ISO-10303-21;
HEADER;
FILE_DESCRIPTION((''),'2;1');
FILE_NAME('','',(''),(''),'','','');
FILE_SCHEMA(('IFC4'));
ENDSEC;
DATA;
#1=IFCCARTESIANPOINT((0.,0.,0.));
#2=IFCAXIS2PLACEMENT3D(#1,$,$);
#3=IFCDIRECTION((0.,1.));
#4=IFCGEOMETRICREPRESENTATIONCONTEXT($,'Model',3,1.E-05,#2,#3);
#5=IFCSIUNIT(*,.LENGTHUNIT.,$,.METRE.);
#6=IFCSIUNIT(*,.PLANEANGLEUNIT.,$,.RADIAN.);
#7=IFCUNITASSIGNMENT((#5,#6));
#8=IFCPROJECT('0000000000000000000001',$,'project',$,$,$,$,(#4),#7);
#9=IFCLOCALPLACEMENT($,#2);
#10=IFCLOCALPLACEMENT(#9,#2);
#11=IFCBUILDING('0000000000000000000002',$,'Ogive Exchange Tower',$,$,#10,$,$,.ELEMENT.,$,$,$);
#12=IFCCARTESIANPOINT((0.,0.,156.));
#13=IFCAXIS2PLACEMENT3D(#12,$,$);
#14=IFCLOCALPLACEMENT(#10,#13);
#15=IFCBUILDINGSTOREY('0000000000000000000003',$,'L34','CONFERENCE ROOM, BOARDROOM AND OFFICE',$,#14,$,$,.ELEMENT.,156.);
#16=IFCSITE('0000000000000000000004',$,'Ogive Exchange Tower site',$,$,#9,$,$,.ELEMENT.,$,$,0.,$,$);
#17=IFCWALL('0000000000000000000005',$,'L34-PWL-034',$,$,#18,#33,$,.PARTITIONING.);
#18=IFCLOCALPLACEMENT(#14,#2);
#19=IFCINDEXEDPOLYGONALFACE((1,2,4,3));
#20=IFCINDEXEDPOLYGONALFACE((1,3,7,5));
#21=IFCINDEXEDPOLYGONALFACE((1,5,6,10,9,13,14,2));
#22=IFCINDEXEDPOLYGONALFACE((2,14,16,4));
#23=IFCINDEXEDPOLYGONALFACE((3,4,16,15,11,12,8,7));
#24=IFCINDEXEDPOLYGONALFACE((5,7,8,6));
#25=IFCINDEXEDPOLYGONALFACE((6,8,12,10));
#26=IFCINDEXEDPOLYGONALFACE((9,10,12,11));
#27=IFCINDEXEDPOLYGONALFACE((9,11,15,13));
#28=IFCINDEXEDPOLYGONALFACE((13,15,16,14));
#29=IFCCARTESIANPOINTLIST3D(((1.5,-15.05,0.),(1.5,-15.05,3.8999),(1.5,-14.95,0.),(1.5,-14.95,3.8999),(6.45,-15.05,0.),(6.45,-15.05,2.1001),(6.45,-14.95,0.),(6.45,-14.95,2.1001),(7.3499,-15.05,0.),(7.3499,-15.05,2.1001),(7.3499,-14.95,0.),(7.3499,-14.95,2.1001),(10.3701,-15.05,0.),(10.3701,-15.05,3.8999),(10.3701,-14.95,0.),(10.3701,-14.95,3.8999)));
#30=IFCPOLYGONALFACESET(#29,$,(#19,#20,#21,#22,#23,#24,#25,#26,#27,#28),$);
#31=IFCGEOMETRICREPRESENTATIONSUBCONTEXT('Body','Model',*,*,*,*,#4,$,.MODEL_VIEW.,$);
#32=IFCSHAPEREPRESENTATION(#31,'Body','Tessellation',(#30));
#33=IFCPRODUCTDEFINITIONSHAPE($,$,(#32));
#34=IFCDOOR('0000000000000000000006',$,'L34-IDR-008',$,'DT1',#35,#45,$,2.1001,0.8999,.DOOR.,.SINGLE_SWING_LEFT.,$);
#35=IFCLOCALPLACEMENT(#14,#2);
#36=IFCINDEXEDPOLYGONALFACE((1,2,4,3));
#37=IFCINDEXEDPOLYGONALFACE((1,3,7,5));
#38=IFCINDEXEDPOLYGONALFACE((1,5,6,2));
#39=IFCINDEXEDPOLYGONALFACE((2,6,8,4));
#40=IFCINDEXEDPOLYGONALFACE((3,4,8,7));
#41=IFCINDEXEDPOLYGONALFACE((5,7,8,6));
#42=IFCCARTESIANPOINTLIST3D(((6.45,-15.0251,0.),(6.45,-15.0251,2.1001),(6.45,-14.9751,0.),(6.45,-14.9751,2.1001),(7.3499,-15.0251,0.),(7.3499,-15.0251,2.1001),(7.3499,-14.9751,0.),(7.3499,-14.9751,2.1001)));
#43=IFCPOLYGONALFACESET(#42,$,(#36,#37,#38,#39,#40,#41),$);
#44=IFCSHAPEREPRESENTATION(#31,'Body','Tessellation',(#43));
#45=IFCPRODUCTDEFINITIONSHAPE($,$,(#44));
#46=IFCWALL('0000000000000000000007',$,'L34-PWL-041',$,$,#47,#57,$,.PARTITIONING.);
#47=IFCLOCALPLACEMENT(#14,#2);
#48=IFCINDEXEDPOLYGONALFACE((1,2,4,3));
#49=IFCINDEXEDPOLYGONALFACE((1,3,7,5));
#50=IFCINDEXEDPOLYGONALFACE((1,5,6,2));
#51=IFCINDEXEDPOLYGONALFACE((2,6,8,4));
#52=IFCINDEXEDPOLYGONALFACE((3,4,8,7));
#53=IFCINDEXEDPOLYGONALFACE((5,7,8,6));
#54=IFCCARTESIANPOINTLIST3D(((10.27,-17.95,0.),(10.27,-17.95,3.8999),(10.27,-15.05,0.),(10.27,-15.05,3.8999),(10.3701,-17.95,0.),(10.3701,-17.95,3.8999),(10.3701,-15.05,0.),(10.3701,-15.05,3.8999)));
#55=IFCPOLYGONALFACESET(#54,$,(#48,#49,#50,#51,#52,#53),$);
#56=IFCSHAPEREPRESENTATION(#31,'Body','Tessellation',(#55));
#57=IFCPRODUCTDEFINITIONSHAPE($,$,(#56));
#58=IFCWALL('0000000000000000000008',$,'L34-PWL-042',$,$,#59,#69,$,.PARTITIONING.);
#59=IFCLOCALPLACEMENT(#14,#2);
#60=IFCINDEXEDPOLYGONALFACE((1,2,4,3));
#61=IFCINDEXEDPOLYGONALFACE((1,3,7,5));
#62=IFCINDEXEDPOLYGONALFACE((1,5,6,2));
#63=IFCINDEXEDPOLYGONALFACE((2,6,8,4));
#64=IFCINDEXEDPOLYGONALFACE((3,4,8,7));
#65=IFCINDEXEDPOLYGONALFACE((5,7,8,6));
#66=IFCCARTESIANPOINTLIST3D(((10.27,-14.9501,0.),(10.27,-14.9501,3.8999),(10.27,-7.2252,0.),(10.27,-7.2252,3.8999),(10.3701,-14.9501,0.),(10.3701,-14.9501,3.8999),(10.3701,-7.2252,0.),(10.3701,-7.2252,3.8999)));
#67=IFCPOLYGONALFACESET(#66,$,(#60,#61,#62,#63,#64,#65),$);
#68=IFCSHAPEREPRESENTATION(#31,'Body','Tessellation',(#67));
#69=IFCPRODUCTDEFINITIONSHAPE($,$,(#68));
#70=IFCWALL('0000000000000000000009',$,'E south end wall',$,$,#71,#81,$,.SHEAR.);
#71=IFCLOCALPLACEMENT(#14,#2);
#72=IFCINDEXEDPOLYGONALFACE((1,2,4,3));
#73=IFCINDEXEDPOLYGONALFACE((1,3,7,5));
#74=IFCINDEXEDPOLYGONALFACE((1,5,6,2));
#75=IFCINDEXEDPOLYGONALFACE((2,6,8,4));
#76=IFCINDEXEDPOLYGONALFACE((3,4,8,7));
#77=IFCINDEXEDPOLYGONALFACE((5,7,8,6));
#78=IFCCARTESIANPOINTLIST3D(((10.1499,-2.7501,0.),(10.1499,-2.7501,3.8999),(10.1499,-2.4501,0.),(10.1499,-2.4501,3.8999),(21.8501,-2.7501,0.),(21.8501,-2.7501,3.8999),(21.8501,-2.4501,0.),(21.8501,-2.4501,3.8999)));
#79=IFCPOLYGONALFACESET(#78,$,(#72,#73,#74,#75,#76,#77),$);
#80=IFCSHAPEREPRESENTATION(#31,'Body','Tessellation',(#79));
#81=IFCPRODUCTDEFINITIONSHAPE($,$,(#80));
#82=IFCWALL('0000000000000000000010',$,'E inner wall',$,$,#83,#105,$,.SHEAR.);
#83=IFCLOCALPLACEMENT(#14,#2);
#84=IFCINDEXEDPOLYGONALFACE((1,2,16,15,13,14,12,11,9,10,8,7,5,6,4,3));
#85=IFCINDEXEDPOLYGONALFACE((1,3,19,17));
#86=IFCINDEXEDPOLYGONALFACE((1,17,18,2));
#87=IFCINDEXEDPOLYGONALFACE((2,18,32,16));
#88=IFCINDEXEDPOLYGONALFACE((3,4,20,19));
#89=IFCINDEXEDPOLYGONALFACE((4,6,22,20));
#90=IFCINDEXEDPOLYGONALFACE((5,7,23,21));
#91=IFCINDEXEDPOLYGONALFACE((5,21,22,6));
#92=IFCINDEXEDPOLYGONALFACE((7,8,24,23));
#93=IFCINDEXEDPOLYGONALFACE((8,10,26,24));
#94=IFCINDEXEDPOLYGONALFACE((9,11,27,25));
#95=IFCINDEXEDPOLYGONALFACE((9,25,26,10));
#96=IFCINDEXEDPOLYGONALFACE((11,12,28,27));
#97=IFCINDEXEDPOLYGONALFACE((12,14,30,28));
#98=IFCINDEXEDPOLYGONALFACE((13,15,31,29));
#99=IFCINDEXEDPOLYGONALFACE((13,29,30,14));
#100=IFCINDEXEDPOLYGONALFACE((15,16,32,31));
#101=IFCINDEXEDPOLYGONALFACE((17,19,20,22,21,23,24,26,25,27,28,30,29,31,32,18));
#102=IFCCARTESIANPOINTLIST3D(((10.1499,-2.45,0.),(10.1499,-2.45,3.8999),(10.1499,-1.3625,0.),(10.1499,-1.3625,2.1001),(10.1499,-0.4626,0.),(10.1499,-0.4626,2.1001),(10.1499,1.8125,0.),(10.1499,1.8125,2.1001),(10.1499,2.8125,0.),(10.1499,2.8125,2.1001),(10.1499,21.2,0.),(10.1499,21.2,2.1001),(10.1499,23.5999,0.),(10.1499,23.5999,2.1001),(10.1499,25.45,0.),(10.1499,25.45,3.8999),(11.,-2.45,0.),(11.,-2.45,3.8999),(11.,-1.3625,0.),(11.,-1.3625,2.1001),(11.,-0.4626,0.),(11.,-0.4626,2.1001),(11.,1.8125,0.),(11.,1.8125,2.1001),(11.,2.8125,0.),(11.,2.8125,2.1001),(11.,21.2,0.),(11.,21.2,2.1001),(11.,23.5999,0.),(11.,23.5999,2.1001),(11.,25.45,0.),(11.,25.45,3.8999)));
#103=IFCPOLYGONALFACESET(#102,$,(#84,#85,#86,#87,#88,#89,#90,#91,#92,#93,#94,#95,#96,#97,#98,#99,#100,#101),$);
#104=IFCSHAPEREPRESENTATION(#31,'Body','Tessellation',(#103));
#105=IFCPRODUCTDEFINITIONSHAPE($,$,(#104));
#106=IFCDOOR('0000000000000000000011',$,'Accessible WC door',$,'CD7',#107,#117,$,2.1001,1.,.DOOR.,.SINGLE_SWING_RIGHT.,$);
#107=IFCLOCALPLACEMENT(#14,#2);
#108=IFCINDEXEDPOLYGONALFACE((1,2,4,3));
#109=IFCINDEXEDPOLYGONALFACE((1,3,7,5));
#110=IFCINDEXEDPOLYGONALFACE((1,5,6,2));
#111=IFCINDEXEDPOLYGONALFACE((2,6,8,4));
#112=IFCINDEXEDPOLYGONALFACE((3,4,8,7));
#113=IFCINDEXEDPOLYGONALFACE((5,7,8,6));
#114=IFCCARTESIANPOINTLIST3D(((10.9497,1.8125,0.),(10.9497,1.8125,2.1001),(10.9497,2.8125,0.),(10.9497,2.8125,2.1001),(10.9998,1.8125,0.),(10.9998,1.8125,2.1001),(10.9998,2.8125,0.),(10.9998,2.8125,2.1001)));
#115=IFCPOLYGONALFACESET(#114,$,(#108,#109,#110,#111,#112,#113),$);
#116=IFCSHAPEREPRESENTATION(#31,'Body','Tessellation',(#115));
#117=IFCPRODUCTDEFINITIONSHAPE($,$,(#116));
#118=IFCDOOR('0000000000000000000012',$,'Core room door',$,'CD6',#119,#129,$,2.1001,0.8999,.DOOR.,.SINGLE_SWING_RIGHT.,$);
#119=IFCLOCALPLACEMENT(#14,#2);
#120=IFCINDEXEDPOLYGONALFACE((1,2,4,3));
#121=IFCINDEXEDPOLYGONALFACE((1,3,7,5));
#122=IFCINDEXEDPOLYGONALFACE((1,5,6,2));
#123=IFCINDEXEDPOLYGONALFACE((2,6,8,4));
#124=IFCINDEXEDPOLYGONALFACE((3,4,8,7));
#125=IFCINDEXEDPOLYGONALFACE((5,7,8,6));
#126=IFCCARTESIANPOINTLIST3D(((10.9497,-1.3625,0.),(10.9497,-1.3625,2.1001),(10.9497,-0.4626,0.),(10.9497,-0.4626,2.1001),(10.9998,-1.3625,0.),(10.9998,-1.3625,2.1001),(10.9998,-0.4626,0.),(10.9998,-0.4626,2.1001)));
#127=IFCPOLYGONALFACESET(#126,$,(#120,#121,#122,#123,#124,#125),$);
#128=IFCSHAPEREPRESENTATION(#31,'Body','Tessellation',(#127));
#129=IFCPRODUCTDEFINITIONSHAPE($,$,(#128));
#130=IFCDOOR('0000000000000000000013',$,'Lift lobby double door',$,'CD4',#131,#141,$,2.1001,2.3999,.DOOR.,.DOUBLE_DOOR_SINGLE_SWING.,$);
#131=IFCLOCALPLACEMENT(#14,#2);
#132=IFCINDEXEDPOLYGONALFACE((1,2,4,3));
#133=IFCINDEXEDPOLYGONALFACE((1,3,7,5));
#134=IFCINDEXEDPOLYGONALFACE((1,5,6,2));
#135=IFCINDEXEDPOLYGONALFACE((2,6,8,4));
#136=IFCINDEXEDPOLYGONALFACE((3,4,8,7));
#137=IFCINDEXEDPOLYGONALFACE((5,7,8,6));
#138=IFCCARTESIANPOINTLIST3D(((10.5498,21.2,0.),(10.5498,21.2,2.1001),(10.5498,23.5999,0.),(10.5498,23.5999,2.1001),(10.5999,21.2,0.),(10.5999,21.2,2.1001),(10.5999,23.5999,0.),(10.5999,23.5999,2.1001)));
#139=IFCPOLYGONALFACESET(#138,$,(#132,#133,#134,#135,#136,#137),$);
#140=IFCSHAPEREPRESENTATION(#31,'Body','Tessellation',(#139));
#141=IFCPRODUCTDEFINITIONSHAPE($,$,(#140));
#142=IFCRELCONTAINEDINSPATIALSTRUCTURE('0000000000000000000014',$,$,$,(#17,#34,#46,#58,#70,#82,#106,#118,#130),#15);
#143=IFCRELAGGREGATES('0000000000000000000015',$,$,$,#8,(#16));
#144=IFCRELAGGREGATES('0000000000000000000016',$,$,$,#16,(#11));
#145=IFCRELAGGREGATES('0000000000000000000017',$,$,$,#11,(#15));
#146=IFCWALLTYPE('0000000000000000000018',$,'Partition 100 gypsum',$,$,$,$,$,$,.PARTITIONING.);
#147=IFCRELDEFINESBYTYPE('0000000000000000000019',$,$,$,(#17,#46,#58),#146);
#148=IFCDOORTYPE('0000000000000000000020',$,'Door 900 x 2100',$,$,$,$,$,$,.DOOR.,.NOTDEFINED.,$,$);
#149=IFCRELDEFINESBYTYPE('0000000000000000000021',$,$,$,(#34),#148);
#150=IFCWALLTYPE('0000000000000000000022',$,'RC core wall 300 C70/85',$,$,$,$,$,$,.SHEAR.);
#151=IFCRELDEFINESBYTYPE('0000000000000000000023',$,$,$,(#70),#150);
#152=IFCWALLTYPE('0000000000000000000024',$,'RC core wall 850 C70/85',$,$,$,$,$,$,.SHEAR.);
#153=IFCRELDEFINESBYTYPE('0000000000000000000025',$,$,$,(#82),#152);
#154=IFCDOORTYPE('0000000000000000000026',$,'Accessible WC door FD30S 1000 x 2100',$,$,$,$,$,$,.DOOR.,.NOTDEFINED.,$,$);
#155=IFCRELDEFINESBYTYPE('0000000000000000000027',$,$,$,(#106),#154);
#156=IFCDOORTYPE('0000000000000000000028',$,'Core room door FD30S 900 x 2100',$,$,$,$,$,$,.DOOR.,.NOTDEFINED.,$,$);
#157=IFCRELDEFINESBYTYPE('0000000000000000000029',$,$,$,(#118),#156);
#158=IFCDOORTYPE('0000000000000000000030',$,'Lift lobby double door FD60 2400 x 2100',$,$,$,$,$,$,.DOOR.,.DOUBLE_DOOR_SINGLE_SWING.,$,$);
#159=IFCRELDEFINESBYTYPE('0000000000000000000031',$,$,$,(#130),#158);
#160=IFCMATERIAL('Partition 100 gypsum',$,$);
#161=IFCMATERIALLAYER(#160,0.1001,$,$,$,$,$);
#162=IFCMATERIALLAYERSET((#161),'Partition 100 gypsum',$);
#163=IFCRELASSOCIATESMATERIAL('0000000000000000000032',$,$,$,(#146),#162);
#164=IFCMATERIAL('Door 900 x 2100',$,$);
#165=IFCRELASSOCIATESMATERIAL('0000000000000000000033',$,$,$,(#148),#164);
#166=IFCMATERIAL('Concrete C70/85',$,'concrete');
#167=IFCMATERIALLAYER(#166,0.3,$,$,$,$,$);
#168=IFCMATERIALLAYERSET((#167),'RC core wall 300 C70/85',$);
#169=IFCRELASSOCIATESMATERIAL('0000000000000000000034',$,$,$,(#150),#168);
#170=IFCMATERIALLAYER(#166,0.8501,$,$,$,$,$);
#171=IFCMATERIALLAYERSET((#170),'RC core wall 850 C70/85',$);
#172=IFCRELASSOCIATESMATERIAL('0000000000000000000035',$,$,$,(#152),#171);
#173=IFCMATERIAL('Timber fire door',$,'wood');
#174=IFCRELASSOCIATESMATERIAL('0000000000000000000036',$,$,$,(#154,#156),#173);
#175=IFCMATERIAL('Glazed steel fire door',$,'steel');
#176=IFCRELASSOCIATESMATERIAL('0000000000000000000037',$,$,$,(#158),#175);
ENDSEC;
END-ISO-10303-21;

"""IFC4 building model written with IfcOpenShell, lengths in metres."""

from ifc_helpers import new_model, si_unit, direction, frame, frame_2d, origin, place, context, subcontext, project, spatial, rectangle, extrude, material, layer, layer_set, type_object, element, fill, save


model = new_model("IFC4")

# Units and contexts
model_context = context("Model", 3, precision=1e-05, world=origin(), true_north=direction((0.0, 1.0)))
body_context = subcontext(model_context, "Body", "Model", "MODEL_VIEW")
ifc_project = project(units=[si_unit("LENGTHUNIT", "METRE"), si_unit("PLANEANGLEUNIT", "RADIAN")], contexts=[model_context])

# Site, building, storey
site_placement = place(None, origin())
site = spatial("IfcSite", under=ifc_project, at=site_placement, Name="Ogive Exchange Tower site", CompositionType="ELEMENT", RefElevation=0.0)
building_placement = place(site_placement, origin())
building = spatial("IfcBuilding", under=site, at=building_placement, Name="Ogive Exchange Tower", CompositionType="ELEMENT")
storey_placement = place(building_placement, frame((0.0, 0.0, 156.0)))
storey = spatial("IfcBuildingStorey", under=building, at=storey_placement, Name="L34", Description="CONFERENCE ROOM, BOARDROOM AND OFFICE", CompositionType="ELEMENT", Elevation=156.0)

# Shared definitions
ifc_material_1 = material(Name="Partition 100 gypsum")
ifc_layer_1 = layer(ifc_material_1, 0.1001)
ifc_layer_set_1 = layer_set([ifc_layer_1], Name="Partition 100 gypsum")
wall_type_1 = type_object("IfcWallType", Name="Partition 100 gypsum", PredefinedType="PARTITIONING", material=ifc_layer_set_1)

# Wall, opening, door
wall_1_placement = place(storey_placement, frame((1.5, -15.0, 0.0), z_axis=(0.0, 0.0, 1.0), x_axis=(1.0, 0.0, 0.0)))
wall_1 = element("IfcWall", 1, at=wall_1_placement, inside=storey, type_object=wall_type_1, Name="L34-PWL-034", PredefinedType="PARTITIONING", context=body_context, shape_type="SweptSolid", body=[
    extrude(rectangle(XDim=8.8701, YDim=0.1001, at=frame_2d((4.4351, 0.0))), origin(), (0.0, 0.0, 1.0), 3.8999),
])
opening_1_placement = place(wall_1_placement, frame((4.95, 0.0, 0.0)))
opening_1 = element("IfcOpeningElement", 2, at=opening_1_placement, cuts=wall_1, PredefinedType="OPENING", context=body_context, shape_type="SweptSolid", body=[
    extrude(rectangle(XDim=0.8999, YDim=2.1001, at=frame_2d((0.45, 1.05))), frame((0.0, 0.0601, 0.0), z_axis=(0.0, -1.0, 0.0), x_axis=(1.0, 0.0, 0.0)), (0.0, 0.0, 1.0), 0.1201),
])
ifc_material_2 = material(Name="Door 900 x 2100")
door_type_1 = type_object("IfcDoorType", Name="Door 900 x 2100", OperationType="NOTDEFINED", PredefinedType="DOOR", material=ifc_material_2)
door_1_placement = place(opening_1_placement, origin())
door_1 = element("IfcDoor", 3, at=door_1_placement, inside=storey, type_object=door_type_1, Name="L34-IDR-008", ObjectType="DT1", OperationType="SINGLE_SWING_LEFT", OverallHeight=2.1001, OverallWidth=0.8999, PredefinedType="DOOR", context=body_context, shape_type="SweptSolid", body=[
    extrude(rectangle(XDim=0.8999, YDim=2.1001, at=frame_2d((0.45, 1.05))), frame((0.0, 0.0249, 0.0), z_axis=(0.0, -1.0, 0.0), x_axis=(1.0, 0.0, 0.0)), (0.0, 0.0, 1.0), 0.05),
])
fill(opening_1, door_1)

# Walls
wall_2_placement = place(storey_placement, frame((10.3201, -17.95, 0.0), z_axis=(0.0, 0.0, 1.0), x_axis=(0.0, 1.0, 0.0)))
element("IfcWall", 4, at=wall_2_placement, inside=storey, type_object=wall_type_1, Name="L34-PWL-041", PredefinedType="PARTITIONING", context=body_context, shape_type="SweptSolid", body=[
    extrude(rectangle(XDim=2.8999, YDim=0.1001, at=frame_2d((1.45, 0.0))), origin(), (0.0, 0.0, 1.0), 3.8999),
])
wall_3_placement = place(storey_placement, frame((10.3201, -14.95, 0.0), z_axis=(0.0, 0.0, 1.0), x_axis=(0.0, 1.0, 0.0)))
element("IfcWall", 5, at=wall_3_placement, inside=storey, type_object=wall_type_1, Name="L34-PWL-042", PredefinedType="PARTITIONING", context=body_context, shape_type="SweptSolid", body=[
    extrude(rectangle(XDim=7.7249, YDim=0.1001, at=frame_2d((3.8623, 0.0))), origin(), (0.0, 0.0, 1.0), 3.8999),
])
ifc_material_3 = material(Name="Concrete C70/85", Category="concrete")
ifc_layer_2 = layer(ifc_material_3, 0.3)
ifc_layer_set_2 = layer_set([ifc_layer_2], Name="RC core wall 300 C70/85")
wall_type_2 = type_object("IfcWallType", Name="RC core wall 300 C70/85", PredefinedType="SHEAR", material=ifc_layer_set_2)
wall_4_placement = place(storey_placement, frame((10.1499, -2.6001, 0.0), z_axis=(0.0, 0.0, 1.0), x_axis=(1.0, 0.0, 0.0)))
element("IfcWall", 6, at=wall_4_placement, inside=storey, type_object=wall_type_2, Name="E south end wall", PredefinedType="SHEAR", context=body_context, shape_type="SweptSolid", body=[
    extrude(rectangle(XDim=11.7002, YDim=0.3, at=frame_2d((5.8501, 0.0))), origin(), (0.0, 0.0, 1.0), 3.8999),
])

# Wall, openings, doors
ifc_layer_3 = layer(ifc_material_3, 0.8501)
ifc_layer_set_3 = layer_set([ifc_layer_3], Name="RC core wall 850 C70/85")
wall_type_3 = type_object("IfcWallType", Name="RC core wall 850 C70/85", PredefinedType="SHEAR", material=ifc_layer_set_3)
wall_5_placement = place(storey_placement, frame((10.575, -2.45, 0.0), z_axis=(0.0, 0.0, 1.0), x_axis=(0.0, 1.0, 0.0)))
wall_5 = element("IfcWall", 7, at=wall_5_placement, inside=storey, type_object=wall_type_3, Name="E inner wall", PredefinedType="SHEAR", context=body_context, shape_type="SweptSolid", body=[
    extrude(rectangle(XDim=27.8999, YDim=0.8501, at=frame_2d((13.95, 0.0))), origin(), (0.0, 0.0, 1.0), 3.8999),
])
opening_2_placement = place(wall_5_placement, frame((23.6499, 0.0, 0.0)))
opening_2 = element("IfcOpeningElement", 8, at=opening_2_placement, cuts=wall_5, PredefinedType="OPENING", context=body_context, shape_type="SweptSolid", body=[
    extrude(rectangle(XDim=2.3999, YDim=2.1001, at=frame_2d((1.2, 1.05))), frame((0.0, 0.4351, 0.0), z_axis=(0.0, -1.0, 0.0), x_axis=(1.0, 0.0, 0.0)), (0.0, 0.0, 1.0), 0.8701),
])
opening_3_placement = place(wall_5_placement, frame((1.0874, 0.0, 0.0)))
opening_3 = element("IfcOpeningElement", 9, at=opening_3_placement, cuts=wall_5, PredefinedType="OPENING", context=body_context, shape_type="SweptSolid", body=[
    extrude(rectangle(XDim=0.8999, YDim=2.1001, at=frame_2d((0.45, 1.05))), frame((0.0, 0.4351, 0.0), z_axis=(0.0, -1.0, 0.0), x_axis=(1.0, 0.0, 0.0)), (0.0, 0.0, 1.0), 0.8701),
])
opening_4_placement = place(wall_5_placement, frame((4.2625, 0.0, 0.0)))
opening_4 = element("IfcOpeningElement", 10, at=opening_4_placement, cuts=wall_5, PredefinedType="OPENING", context=body_context, shape_type="SweptSolid", body=[
    extrude(rectangle(XDim=1.0, YDim=2.1001, at=frame_2d((0.5, 1.05))), frame((0.0, 0.4351, 0.0), z_axis=(0.0, -1.0, 0.0), x_axis=(1.0, 0.0, 0.0)), (0.0, 0.0, 1.0), 0.8701),
])
ifc_material_4 = material(Name="Timber fire door", Category="wood")
door_type_2 = type_object("IfcDoorType", Name="Accessible WC door FD30S 1000 x 2100", OperationType="NOTDEFINED", PredefinedType="DOOR", material=ifc_material_4)
door_2_placement = place(opening_4_placement, frame((1.0, -0.7998, 0.0), z_axis=(0.0, 0.0, 1.0), x_axis=(-1.0, 0.0, 0.0)))
door_2 = element("IfcDoor", 11, at=door_2_placement, inside=storey, type_object=door_type_2, Name="Accessible WC door", ObjectType="CD7", OperationType="SINGLE_SWING_RIGHT", OverallHeight=2.1001, OverallWidth=1.0, PredefinedType="DOOR", context=body_context, shape_type="SweptSolid", body=[
    extrude(rectangle(XDim=1.0, YDim=2.1001, at=frame_2d((0.5, 1.05))), frame((0.0, -0.375, 0.0), z_axis=(0.0, -1.0, 0.0), x_axis=(1.0, 0.0, 0.0)), (0.0, 0.0, 1.0), 0.05),
])
fill(opening_4, door_2)
door_type_3 = type_object("IfcDoorType", Name="Core room door FD30S 900 x 2100", OperationType="NOTDEFINED", PredefinedType="DOOR", material=ifc_material_4)
door_3_placement = place(opening_3_placement, frame((0.8999, -0.7998, 0.0), z_axis=(0.0, 0.0, 1.0), x_axis=(-1.0, 0.0, 0.0)))
door_3 = element("IfcDoor", 12, at=door_3_placement, inside=storey, type_object=door_type_3, Name="Core room door", ObjectType="CD6", OperationType="SINGLE_SWING_RIGHT", OverallHeight=2.1001, OverallWidth=0.8999, PredefinedType="DOOR", context=body_context, shape_type="SweptSolid", body=[
    extrude(rectangle(XDim=0.8999, YDim=2.1001, at=frame_2d((0.45, 1.05))), frame((0.0, -0.375, 0.0), z_axis=(0.0, -1.0, 0.0), x_axis=(1.0, 0.0, 0.0)), (0.0, 0.0, 1.0), 0.05),
])
fill(opening_3, door_3)
ifc_material_5 = material(Name="Glazed steel fire door", Category="steel")
door_type_4 = type_object("IfcDoorType", Name="Lift lobby double door FD60 2400 x 2100", OperationType="DOUBLE_DOOR_SINGLE_SWING", PredefinedType="DOOR", material=ifc_material_5)
door_4_placement = place(opening_2_placement, frame((2.3999, 0.0, 0.0), z_axis=(0.0, 0.0, 1.0), x_axis=(-1.0, 0.0, 0.0)))
door_4 = element("IfcDoor", 13, at=door_4_placement, inside=storey, type_object=door_type_4, Name="Lift lobby double door", ObjectType="CD4", OperationType="DOUBLE_DOOR_SINGLE_SWING", OverallHeight=2.1001, OverallWidth=2.3999, PredefinedType="DOOR", context=body_context, shape_type="SweptSolid", body=[
    extrude(rectangle(XDim=2.3999, YDim=2.1001, at=frame_2d((1.2, 1.05))), frame((0.0, 0.0249, 0.0), z_axis=(0.0, -1.0, 0.0), x_axis=(1.0, 0.0, 0.0)), (0.0, 0.0, 1.0), 0.05),
])
fill(opening_2, door_4)

save(model, "model.ifc")
